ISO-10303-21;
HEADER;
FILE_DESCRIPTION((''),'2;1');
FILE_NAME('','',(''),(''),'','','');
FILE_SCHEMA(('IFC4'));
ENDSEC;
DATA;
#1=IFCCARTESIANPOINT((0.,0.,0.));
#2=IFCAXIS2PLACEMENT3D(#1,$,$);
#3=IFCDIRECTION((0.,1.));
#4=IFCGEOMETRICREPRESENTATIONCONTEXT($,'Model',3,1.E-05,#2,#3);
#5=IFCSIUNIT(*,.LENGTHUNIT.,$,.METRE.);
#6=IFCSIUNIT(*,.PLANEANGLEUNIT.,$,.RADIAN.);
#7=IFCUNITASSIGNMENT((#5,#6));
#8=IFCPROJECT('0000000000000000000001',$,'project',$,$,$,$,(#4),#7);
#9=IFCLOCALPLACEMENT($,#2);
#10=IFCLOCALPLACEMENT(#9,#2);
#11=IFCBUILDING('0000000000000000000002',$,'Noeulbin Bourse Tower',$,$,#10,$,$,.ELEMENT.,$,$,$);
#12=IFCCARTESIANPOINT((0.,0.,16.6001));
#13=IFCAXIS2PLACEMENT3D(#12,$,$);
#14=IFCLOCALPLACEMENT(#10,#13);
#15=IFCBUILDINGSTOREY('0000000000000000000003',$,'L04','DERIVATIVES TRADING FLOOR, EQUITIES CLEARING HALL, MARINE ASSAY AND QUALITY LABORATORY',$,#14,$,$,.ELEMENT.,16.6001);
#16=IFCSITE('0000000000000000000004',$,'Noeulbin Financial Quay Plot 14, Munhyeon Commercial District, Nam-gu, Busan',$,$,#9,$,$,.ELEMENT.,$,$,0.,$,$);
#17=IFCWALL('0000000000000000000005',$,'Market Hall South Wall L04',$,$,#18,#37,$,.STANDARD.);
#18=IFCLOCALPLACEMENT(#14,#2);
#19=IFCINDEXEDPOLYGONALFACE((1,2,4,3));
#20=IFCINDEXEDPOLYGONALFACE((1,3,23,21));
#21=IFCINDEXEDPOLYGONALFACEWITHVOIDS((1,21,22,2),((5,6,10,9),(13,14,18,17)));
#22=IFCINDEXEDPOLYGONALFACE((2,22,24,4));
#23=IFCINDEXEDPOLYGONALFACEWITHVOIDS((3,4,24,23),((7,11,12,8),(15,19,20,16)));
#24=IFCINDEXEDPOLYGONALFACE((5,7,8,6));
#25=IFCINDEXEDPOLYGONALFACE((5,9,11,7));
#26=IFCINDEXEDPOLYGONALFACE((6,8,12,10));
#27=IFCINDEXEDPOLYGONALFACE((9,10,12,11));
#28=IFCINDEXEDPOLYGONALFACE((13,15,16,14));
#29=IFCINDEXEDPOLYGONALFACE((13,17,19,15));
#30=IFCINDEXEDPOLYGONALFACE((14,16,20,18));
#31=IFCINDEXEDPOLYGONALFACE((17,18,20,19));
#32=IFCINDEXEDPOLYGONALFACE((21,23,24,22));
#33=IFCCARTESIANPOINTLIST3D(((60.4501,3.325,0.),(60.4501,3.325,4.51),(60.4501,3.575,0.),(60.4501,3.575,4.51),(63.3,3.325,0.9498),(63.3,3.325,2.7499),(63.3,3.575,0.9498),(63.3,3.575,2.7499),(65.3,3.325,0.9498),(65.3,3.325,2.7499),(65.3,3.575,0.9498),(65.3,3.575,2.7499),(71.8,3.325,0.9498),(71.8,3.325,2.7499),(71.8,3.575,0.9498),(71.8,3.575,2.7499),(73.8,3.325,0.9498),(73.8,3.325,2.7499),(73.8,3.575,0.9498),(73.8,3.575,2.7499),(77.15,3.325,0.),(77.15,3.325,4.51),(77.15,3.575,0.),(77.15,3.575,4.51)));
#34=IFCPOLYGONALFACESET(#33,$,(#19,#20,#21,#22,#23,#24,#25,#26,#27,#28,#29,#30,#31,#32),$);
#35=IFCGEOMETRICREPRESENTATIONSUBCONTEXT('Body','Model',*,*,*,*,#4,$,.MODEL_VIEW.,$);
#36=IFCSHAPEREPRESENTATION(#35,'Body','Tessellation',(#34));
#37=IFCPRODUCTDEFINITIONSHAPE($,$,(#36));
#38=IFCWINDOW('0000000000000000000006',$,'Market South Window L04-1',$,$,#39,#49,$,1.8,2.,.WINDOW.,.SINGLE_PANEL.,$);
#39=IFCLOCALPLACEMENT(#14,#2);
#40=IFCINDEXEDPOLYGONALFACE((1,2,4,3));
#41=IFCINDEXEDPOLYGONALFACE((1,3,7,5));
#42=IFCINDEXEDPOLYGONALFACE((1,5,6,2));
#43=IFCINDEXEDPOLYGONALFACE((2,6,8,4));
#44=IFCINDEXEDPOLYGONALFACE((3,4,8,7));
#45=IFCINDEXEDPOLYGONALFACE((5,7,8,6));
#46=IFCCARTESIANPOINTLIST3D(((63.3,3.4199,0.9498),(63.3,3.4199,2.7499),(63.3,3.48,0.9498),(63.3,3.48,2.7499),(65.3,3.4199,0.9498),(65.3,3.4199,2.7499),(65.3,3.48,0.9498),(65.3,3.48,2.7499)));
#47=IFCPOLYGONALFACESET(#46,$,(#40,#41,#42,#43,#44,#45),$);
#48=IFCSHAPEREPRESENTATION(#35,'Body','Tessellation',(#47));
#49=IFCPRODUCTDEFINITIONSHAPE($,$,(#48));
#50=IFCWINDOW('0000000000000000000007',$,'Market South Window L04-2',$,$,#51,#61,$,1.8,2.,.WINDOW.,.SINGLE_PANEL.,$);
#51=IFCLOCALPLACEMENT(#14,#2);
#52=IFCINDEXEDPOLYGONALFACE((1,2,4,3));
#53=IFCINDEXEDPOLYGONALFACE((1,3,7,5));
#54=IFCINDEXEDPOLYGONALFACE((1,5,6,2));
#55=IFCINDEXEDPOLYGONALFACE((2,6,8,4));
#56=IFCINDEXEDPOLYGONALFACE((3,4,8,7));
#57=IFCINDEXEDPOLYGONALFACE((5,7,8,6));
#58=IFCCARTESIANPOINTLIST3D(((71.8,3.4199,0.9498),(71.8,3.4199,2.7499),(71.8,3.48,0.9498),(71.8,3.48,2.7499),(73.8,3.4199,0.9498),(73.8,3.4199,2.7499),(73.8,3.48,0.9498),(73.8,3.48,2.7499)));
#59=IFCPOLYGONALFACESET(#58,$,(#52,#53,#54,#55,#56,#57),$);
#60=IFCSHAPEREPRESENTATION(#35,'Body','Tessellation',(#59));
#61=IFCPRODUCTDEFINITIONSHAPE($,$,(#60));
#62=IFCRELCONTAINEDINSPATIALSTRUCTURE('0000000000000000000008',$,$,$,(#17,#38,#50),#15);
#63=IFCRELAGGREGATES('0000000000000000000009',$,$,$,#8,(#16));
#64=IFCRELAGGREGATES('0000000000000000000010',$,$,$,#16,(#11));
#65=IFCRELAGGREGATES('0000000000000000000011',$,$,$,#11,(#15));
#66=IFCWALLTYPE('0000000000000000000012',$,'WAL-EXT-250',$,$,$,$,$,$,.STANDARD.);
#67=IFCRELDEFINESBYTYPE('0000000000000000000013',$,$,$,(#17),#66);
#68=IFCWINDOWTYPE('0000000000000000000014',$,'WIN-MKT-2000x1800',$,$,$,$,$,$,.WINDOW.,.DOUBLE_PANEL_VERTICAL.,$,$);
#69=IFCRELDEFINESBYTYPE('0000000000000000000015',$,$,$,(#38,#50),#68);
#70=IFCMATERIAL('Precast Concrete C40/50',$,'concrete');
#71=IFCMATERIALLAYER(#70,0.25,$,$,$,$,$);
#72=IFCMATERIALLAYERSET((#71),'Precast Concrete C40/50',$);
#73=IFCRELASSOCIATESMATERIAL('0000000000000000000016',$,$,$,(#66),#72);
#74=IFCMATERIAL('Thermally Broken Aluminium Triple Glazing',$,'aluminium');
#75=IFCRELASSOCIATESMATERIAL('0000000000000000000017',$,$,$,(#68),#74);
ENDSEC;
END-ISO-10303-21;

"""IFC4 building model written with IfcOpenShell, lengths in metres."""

from ifc_helpers import new_model, si_unit, direction, frame, frame_2d, origin, place, context, subcontext, project, spatial, rectangle, extrude, material, layer, layer_set, type_object, element, fill, save


model = new_model("IFC4")

# Units and contexts
model_context = context("Model", 3, precision=1e-05, world=origin(), true_north=direction((0.0, 1.0)))
body_context = subcontext(model_context, "Body", "Model", "MODEL_VIEW")
ifc_project = project(units=[si_unit("LENGTHUNIT", "METRE"), si_unit("PLANEANGLEUNIT", "RADIAN")], contexts=[model_context])

# Site, building, storey
site_placement = place(None, origin())
site = spatial("IfcSite", under=ifc_project, at=site_placement, Name="Noeulbin Financial Quay Plot 14, Munhyeon Commercial District, Nam-gu, Busan", CompositionType="ELEMENT", RefElevation=0.0)
building_placement = place(site_placement, origin())
building = spatial("IfcBuilding", under=site, at=building_placement, Name="Noeulbin Bourse Tower", CompositionType="ELEMENT")
storey_placement = place(building_placement, frame((0.0, 0.0, 16.6001)))
storey = spatial("IfcBuildingStorey", under=building, at=storey_placement, Name="L04", Description="DERIVATIVES TRADING FLOOR, EQUITIES CLEARING HALL, MARINE ASSAY AND QUALITY LABORATORY", CompositionType="ELEMENT", Elevation=16.6001)

# Wall, openings, windows
ifc_material_1 = material(Name="Precast Concrete C40/50", Category="concrete")
ifc_layer_1 = layer(ifc_material_1, 0.25)
ifc_layer_set_1 = layer_set([ifc_layer_1], Name="Precast Concrete C40/50")
wall_type = type_object("IfcWallType", Name="WAL-EXT-250", PredefinedType="STANDARD", material=ifc_layer_set_1)
wall_placement = place(storey_placement, frame((60.45, 3.45, 0.0), z_axis=(0.0, 0.0, 1.0), x_axis=(1.0, 0.0, 0.0)))
wall = element("IfcWall", 1, at=wall_placement, inside=storey, type_object=wall_type, Name="Market Hall South Wall L04", PredefinedType="STANDARD", context=body_context, shape_type="SweptSolid", body=[
    extrude(rectangle(XDim=16.7, YDim=0.25, at=frame_2d((8.3501, 0.0))), origin(), (0.0, 0.0, 1.0), 4.51),
])
opening_1_placement = place(wall_placement, frame((2.8501, 0.0, 0.95)))
opening_1 = element("IfcOpeningElement", 2, at=opening_1_placement, cuts=wall, PredefinedType="OPENING", context=body_context, shape_type="SweptSolid", body=[
    extrude(rectangle(XDim=2.0, YDim=1.8, at=frame_2d((1.0, 0.8999))), frame((0.0, 0.135, 0.0), z_axis=(0.0, -1.0, 0.0), x_axis=(1.0, 0.0, 0.0)), (0.0, 0.0, 1.0), 0.27),
])
opening_2_placement = place(wall_placement, frame((11.3501, 0.0, 0.95)))
opening_2 = element("IfcOpeningElement", 3, at=opening_2_placement, cuts=wall, PredefinedType="OPENING", context=body_context, shape_type="SweptSolid", body=[
    extrude(rectangle(XDim=2.0, YDim=1.8, at=frame_2d((1.0, 0.8999))), frame((0.0, 0.135, 0.0), z_axis=(0.0, -1.0, 0.0), x_axis=(1.0, 0.0, 0.0)), (0.0, 0.0, 1.0), 0.27),
])
ifc_material_2 = material(Name="Thermally Broken Aluminium Triple Glazing", Category="aluminium")
window_type = type_object("IfcWindowType", Name="WIN-MKT-2000x1800", PartitioningType="DOUBLE_PANEL_VERTICAL", PredefinedType="WINDOW", material=ifc_material_2)
window_1_placement = place(opening_1_placement, origin())
window_1 = element("IfcWindow", 4, at=window_1_placement, inside=storey, type_object=window_type, Name="Market South Window L04-1", OverallHeight=1.8, OverallWidth=2.0, PartitioningType="SINGLE_PANEL", PredefinedType="WINDOW", context=body_context, shape_type="SweptSolid", body=[
    extrude(rectangle(XDim=2.0, YDim=1.8, at=frame_2d((1.0, 0.8999))), frame((0.0, 0.03, 0.0), z_axis=(0.0, -1.0, 0.0), x_axis=(1.0, 0.0, 0.0)), (0.0, 0.0, 1.0), 0.0601),
])
fill(opening_1, window_1)
window_2_placement = place(opening_2_placement, origin())
window_2 = element("IfcWindow", 5, at=window_2_placement, inside=storey, type_object=window_type, Name="Market South Window L04-2", OverallHeight=1.8, OverallWidth=2.0, PartitioningType="SINGLE_PANEL", PredefinedType="WINDOW", context=body_context, shape_type="SweptSolid", body=[
    extrude(rectangle(XDim=2.0, YDim=1.8, at=frame_2d((1.0, 0.8999))), frame((0.0, 0.03, 0.0), z_axis=(0.0, -1.0, 0.0), x_axis=(1.0, 0.0, 0.0)), (0.0, 0.0, 1.0), 0.0601),
])
fill(opening_2, window_2)

save(model, "model.ifc")
